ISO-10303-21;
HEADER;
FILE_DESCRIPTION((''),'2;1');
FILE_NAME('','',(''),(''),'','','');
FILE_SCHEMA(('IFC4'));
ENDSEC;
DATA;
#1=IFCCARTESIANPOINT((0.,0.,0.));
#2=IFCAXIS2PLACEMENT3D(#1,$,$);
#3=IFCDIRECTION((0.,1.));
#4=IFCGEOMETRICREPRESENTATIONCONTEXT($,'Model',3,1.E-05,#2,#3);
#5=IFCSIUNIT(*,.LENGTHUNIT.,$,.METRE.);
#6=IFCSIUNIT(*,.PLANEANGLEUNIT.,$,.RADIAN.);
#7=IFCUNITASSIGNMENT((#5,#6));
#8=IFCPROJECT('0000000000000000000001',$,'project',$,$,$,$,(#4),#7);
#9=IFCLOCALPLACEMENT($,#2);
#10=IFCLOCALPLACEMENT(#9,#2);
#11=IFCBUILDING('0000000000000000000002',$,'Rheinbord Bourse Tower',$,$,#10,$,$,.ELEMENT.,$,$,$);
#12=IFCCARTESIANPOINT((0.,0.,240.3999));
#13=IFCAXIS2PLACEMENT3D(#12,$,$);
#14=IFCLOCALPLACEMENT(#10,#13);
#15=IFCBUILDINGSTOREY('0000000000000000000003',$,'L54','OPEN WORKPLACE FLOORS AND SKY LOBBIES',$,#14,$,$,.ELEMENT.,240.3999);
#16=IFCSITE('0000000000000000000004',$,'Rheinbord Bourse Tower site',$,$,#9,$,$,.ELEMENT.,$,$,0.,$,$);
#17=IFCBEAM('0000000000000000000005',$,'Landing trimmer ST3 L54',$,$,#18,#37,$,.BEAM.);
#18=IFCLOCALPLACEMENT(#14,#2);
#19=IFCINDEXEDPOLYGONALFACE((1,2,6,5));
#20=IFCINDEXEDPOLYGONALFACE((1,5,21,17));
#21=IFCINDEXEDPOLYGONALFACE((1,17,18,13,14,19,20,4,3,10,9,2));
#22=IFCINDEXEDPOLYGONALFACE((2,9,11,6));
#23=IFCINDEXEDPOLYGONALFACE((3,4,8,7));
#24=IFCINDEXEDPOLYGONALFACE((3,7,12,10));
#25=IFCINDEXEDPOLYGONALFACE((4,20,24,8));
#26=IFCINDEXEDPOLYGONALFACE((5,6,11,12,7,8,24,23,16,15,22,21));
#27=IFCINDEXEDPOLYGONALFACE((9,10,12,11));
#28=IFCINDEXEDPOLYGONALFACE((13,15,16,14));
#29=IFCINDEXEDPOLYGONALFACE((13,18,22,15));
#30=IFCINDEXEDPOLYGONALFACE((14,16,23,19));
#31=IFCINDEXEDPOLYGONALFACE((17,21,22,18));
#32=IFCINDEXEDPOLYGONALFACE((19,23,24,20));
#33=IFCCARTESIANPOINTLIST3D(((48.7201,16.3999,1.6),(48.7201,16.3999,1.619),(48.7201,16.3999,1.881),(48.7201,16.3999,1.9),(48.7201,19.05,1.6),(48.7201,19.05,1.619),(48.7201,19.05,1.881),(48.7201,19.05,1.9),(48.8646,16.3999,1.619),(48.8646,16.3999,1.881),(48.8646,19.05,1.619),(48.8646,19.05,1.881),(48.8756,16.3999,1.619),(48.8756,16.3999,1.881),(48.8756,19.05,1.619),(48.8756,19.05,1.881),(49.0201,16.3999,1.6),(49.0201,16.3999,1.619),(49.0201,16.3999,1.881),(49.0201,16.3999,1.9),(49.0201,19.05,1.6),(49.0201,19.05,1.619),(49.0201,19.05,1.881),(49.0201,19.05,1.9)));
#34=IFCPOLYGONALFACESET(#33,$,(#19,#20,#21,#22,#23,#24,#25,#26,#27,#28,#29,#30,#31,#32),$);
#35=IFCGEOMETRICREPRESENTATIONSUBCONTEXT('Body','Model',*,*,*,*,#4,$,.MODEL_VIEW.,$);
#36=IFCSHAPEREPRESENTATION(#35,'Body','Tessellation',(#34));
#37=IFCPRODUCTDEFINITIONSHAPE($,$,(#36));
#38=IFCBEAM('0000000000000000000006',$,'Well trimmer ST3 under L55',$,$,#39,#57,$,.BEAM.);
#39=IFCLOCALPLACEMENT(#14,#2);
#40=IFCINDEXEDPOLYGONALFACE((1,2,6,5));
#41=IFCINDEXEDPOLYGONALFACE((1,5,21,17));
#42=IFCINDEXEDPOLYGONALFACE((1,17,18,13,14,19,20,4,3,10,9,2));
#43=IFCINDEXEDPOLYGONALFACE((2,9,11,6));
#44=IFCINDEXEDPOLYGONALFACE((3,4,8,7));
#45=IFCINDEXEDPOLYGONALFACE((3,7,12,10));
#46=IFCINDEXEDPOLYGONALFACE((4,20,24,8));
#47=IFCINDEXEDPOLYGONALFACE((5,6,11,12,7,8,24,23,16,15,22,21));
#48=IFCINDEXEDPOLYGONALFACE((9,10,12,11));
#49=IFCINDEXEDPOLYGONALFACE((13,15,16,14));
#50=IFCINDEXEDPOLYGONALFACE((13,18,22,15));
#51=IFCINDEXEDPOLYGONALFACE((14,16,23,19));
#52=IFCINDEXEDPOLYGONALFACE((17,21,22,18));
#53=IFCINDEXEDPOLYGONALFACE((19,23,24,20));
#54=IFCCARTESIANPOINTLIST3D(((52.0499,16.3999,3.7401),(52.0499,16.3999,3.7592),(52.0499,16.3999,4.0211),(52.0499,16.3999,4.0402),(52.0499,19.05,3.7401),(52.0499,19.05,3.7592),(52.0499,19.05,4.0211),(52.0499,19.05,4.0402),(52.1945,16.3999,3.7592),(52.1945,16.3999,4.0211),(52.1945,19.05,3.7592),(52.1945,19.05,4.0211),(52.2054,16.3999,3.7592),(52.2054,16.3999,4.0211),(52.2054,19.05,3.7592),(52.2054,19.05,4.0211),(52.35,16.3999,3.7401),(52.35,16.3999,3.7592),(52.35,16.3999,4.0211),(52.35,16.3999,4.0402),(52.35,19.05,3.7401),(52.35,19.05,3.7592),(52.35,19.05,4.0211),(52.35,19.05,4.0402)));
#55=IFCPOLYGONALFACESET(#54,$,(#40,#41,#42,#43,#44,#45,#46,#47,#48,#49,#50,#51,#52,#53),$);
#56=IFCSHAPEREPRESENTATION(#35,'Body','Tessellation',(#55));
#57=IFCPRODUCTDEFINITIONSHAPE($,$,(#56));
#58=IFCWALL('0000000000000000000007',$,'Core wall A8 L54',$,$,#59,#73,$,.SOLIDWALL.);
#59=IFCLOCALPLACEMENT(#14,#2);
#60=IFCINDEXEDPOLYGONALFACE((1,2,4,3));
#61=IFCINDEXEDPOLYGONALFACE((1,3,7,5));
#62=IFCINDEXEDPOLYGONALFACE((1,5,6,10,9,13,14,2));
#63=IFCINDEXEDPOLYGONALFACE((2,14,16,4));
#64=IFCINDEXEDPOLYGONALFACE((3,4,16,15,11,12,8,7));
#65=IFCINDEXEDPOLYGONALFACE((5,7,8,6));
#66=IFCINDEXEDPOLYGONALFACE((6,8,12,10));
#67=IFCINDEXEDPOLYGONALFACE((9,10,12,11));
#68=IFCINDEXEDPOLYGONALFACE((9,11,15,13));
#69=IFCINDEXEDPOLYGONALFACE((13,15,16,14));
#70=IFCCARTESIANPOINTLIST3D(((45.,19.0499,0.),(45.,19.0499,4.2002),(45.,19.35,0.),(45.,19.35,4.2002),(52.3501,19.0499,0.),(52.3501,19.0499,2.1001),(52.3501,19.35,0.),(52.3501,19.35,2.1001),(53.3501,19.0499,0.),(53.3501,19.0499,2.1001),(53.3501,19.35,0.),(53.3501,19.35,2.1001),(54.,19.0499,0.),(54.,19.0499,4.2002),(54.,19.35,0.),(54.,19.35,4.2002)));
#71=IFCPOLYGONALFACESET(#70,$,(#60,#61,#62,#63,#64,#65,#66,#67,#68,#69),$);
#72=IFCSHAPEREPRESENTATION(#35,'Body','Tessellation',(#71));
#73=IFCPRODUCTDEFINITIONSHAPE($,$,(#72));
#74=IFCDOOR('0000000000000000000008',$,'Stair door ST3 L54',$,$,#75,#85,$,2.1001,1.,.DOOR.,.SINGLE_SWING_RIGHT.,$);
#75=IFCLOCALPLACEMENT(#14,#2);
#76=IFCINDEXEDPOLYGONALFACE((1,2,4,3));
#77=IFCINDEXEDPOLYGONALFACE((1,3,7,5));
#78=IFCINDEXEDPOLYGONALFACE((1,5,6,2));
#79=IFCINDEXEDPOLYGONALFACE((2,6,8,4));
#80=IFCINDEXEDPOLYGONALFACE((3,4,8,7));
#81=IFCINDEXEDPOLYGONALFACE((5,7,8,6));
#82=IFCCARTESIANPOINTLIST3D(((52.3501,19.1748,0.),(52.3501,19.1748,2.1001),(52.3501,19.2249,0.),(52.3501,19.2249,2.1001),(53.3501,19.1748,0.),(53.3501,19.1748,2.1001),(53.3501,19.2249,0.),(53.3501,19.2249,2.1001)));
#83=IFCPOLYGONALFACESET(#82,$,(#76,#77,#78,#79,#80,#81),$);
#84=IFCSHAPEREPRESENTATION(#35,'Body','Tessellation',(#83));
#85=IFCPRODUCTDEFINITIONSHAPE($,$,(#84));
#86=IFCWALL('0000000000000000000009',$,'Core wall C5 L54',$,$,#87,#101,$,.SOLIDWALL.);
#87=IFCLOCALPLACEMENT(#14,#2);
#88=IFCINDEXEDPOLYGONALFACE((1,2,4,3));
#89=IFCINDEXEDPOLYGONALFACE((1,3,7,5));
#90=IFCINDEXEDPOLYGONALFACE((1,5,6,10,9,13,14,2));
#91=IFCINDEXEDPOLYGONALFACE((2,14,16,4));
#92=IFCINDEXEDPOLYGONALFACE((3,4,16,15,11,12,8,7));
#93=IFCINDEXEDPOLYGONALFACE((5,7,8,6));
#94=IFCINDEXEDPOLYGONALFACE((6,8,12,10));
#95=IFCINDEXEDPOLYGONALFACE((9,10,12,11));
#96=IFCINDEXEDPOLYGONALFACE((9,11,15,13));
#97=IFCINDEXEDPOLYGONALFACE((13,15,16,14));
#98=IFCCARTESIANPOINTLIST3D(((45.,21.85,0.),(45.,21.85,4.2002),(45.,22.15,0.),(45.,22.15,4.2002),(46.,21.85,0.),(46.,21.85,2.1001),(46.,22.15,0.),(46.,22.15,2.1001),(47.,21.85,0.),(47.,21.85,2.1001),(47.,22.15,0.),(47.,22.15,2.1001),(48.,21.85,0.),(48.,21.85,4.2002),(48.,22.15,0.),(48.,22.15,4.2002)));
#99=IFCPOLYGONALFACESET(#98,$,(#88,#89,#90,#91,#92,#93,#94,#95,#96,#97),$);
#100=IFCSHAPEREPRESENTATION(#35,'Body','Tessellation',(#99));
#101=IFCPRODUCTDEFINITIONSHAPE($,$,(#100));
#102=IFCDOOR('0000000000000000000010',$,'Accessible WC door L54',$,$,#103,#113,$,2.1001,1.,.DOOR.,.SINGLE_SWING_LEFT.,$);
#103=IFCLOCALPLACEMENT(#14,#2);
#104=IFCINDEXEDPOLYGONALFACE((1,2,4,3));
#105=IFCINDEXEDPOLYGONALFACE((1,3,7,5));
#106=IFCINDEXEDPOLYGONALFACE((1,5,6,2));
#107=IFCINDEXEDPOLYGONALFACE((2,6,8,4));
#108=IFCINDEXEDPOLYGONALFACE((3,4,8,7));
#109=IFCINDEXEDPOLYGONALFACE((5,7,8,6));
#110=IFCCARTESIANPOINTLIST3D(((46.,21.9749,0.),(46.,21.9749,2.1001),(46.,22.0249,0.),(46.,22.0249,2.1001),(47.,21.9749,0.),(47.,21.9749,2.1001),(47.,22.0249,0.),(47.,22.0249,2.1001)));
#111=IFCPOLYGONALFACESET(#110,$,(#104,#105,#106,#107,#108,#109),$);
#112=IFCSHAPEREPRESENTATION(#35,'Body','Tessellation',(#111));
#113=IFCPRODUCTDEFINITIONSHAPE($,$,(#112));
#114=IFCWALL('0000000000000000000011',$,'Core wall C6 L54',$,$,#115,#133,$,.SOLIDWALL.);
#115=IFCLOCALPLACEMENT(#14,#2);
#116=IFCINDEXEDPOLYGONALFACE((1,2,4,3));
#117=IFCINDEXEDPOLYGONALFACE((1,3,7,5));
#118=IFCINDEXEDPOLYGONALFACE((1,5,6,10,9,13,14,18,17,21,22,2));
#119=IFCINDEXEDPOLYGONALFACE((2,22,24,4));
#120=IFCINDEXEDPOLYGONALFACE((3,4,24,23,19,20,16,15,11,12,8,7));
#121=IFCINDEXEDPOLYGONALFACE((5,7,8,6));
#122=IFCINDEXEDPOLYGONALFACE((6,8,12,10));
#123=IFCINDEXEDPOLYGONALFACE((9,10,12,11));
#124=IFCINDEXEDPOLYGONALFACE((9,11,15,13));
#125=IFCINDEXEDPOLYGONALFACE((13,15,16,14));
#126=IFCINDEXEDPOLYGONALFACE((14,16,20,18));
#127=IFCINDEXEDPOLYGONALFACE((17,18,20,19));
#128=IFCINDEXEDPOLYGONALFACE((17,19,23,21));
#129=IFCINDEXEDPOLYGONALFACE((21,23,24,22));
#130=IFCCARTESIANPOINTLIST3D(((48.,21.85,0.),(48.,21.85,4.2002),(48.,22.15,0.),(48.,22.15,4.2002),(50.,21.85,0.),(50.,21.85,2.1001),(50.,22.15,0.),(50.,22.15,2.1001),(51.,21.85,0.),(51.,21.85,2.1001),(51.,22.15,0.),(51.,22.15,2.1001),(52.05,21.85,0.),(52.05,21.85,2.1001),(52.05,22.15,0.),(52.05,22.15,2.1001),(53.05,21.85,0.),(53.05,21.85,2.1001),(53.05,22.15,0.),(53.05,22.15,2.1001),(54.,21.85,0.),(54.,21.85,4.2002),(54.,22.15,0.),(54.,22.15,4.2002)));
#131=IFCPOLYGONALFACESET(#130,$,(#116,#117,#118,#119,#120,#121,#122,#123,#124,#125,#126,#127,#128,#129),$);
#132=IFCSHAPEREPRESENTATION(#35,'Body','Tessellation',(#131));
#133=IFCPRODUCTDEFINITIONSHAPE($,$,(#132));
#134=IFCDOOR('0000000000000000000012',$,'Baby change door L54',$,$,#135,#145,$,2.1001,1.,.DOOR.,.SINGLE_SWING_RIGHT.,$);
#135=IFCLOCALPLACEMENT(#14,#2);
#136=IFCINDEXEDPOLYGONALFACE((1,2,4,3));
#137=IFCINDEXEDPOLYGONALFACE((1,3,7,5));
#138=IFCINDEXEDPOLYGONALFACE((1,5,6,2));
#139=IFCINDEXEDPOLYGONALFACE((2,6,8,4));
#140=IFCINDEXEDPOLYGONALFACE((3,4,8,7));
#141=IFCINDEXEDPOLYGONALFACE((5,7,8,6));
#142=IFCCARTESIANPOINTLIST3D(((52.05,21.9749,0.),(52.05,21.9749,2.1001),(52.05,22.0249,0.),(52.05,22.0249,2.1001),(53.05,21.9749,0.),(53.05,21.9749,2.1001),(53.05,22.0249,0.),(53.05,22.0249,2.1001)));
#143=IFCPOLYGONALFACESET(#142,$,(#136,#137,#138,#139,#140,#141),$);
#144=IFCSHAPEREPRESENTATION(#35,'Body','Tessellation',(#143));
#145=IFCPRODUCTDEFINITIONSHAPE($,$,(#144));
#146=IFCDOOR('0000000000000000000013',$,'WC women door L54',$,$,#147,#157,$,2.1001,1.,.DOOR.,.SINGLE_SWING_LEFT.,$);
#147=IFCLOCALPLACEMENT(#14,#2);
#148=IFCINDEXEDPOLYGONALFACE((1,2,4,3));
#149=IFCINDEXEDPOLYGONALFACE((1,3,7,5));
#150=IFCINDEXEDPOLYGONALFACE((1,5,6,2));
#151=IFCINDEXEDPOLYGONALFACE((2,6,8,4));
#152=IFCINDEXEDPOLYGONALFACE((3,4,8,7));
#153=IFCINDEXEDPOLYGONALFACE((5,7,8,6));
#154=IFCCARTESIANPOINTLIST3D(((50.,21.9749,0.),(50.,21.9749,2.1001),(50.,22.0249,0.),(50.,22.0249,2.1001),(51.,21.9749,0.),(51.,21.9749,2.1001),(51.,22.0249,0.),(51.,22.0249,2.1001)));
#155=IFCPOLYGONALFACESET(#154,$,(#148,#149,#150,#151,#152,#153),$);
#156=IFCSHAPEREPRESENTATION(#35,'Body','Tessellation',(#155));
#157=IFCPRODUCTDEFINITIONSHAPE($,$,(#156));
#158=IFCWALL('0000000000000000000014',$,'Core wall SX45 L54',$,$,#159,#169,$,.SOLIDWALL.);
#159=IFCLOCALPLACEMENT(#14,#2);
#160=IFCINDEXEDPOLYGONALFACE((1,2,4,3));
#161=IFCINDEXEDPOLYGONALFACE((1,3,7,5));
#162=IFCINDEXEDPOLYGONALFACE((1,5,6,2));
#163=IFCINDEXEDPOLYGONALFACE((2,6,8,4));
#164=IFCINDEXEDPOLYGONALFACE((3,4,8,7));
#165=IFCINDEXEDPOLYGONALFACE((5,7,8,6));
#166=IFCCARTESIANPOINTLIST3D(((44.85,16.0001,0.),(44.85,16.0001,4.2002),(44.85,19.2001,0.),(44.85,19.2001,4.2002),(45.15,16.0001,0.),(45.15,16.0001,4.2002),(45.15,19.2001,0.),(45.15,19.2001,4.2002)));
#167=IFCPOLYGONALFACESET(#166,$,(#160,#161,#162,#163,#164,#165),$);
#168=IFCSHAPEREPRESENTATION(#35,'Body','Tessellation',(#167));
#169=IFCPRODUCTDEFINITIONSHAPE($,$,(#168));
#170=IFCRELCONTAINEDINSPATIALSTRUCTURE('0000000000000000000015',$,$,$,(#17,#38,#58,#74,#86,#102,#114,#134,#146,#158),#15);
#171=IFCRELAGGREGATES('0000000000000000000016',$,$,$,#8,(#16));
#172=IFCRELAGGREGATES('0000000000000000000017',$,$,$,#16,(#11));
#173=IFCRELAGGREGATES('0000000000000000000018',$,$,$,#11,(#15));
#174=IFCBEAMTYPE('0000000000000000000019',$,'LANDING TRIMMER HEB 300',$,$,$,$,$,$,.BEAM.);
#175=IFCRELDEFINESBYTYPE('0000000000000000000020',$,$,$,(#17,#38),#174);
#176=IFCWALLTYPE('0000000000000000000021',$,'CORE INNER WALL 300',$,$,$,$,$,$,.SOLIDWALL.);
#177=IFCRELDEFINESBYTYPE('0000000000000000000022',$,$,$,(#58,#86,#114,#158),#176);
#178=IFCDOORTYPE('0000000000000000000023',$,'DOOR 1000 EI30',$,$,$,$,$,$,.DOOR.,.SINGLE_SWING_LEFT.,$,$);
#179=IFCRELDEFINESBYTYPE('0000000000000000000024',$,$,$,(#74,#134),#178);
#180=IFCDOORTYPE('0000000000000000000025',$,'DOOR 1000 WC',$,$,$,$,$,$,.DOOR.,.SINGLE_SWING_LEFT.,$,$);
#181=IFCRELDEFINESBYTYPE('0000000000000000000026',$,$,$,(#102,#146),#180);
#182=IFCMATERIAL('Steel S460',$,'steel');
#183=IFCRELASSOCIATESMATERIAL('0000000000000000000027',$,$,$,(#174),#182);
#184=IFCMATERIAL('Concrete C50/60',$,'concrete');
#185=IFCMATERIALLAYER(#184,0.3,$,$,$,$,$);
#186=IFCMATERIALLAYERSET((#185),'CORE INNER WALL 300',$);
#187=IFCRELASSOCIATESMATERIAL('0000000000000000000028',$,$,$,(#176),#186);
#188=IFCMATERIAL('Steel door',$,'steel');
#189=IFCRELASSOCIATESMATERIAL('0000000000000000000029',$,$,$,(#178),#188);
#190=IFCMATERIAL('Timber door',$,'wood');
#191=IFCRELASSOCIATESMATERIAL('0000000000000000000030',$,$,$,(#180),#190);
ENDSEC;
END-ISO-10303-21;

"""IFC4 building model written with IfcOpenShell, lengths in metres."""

from ifc_helpers import new_model, si_unit, direction, frame, frame_2d, origin, origin_2d, place, context, subcontext, project, spatial, rectangle, i_section, extrude, material, layer, layer_set, material_profile, profile_set, type_object, element, fill, save


model = new_model("IFC4")

# Units and contexts
model_context = context("Model", 3, precision=1e-05, world=origin(), true_north=direction((0.0, 1.0)))
body_context = subcontext(model_context, "Body", "Model", "MODEL_VIEW")
ifc_project = project(units=[si_unit("LENGTHUNIT", "METRE"), si_unit("PLANEANGLEUNIT", "RADIAN")], contexts=[model_context])

# Site, building, storey
site_placement = place(None, origin())
site = spatial("IfcSite", under=ifc_project, at=site_placement, Name="Rheinbord Bourse Tower site", CompositionType="ELEMENT", RefElevation=0.0)
building_placement = place(site_placement, origin())
building = spatial("IfcBuilding", under=site, at=building_placement, Name="Rheinbord Bourse Tower", CompositionType="ELEMENT")
storey_placement = place(building_placement, frame((0.0, 0.0, 240.3999)))
storey = spatial("IfcBuildingStorey", under=building, at=storey_placement, Name="L54", Description="OPEN WORKPLACE FLOORS AND SKY LOBBIES", CompositionType="ELEMENT", Elevation=240.3999)

# Beams
ifc_material_1 = material(Name="Steel S460", Category="steel")
ifc_material_profile = material_profile(ifc_material_1, i_section(OverallWidth=0.3, OverallDepth=0.3, WebThickness=0.011, FlangeThickness=0.019, at=origin_2d()), Name="HEB 300")
ifc_profile_set = profile_set([ifc_material_profile], Name="Steel S460")
beam_type = type_object("IfcBeamType", Name="LANDING TRIMMER HEB 300", PredefinedType="BEAM", material=ifc_profile_set)
for number, where, z_axis, x_axis, name in (
    (1, (48.8701, 16.3999, 1.75), (0.0, 1.0, 0.0), (-1.0, 0.0, 0.0), "Landing trimmer ST3 L54"),
    (2, (52.2, 16.3999, 3.8901), (0.0, 1.0, 0.0), (-1.0, 0.0, 0.0), "Well trimmer ST3 under L55"),
):
    element("IfcBeam", number, at=place(storey_placement, frame(where, z_axis=z_axis, x_axis=x_axis)), inside=storey, type_object=beam_type, Name=name, PredefinedType="BEAM", context=body_context, shape_type="SweptSolid", body=[
        extrude(i_section(OverallWidth=0.3, OverallDepth=0.3, WebThickness=0.011, FlangeThickness=0.019, at=origin_2d()), origin(), (0.0, 0.0, 1.0), 2.6501),
    ])

# Walls, openings, doors
ifc_material_2 = material(Name="Concrete C50/60", Category="concrete")
ifc_layer_1 = layer(ifc_material_2, 0.3)
ifc_layer_set_1 = layer_set([ifc_layer_1], Name="CORE INNER WALL 300")
wall_type_1 = type_object("IfcWallType", Name="CORE INNER WALL 300", PredefinedType="SOLIDWALL", material=ifc_layer_set_1)
wall_1_placement = place(storey_placement, frame((45.0, 19.2, 0.0), z_axis=(0.0, 0.0, 1.0), x_axis=(1.0, 0.0, 0.0)))
wall_1 = element("IfcWall", 3, at=wall_1_placement, inside=storey, type_object=wall_type_1, Name="Core wall A8 L54", PredefinedType="SOLIDWALL", context=body_context, shape_type="SweptSolid", body=[
    extrude(rectangle(XDim=9.0, YDim=0.3, at=frame_2d((4.5, 0.0))), origin(), (0.0, 0.0, 1.0), 4.2002),
])
opening_1_placement = place(wall_1_placement, frame((7.3501, 0.0, 0.0)))
opening_1 = element("IfcOpeningElement", 4, at=opening_1_placement, cuts=wall_1, PredefinedType="OPENING", context=body_context, shape_type="SweptSolid", body=[
    extrude(rectangle(XDim=1.0, YDim=2.1001, at=frame_2d((0.5, 1.05))), frame((0.0, 0.1599, 0.0), z_axis=(0.0, -1.0, 0.0), x_axis=(1.0, 0.0, 0.0)), (0.0, 0.0, 1.0), 0.3201),
])
ifc_material_3 = material(Name="Steel door", Category="steel")
door_type_1 = type_object("IfcDoorType", Name="DOOR 1000 EI30", OperationType="SINGLE_SWING_LEFT", PredefinedType="DOOR", material=ifc_material_3)
door_1_placement = place(opening_1_placement, origin())
door_1 = element("IfcDoor", 5, at=door_1_placement, inside=storey, type_object=door_type_1, Name="Stair door ST3 L54", OperationType="SINGLE_SWING_RIGHT", OverallHeight=2.1001, OverallWidth=1.0, PredefinedType="DOOR", context=body_context, shape_type="SweptSolid", body=[
    extrude(rectangle(XDim=1.0, YDim=2.1001, at=frame_2d((0.5, 1.05))), frame((0.0, 0.0249, 0.0), z_axis=(0.0, -1.0, 0.0), x_axis=(1.0, 0.0, 0.0)), (0.0, 0.0, 1.0), 0.05),
])
fill(opening_1, door_1)
wall_2_placement = place(storey_placement, frame((45.0, 22.0, 0.0), z_axis=(0.0, 0.0, 1.0), x_axis=(1.0, 0.0, 0.0)))
wall_2 = element("IfcWall", 6, at=wall_2_placement, inside=storey, type_object=wall_type_1, Name="Core wall C5 L54", PredefinedType="SOLIDWALL", context=body_context, shape_type="SweptSolid", body=[
    extrude(rectangle(XDim=3.0, YDim=0.3, at=frame_2d((1.5, 0.0))), origin(), (0.0, 0.0, 1.0), 4.2002),
])
opening_2_placement = place(wall_2_placement, frame((1.0, 0.0, 0.0)))
opening_2 = element("IfcOpeningElement", 7, at=opening_2_placement, cuts=wall_2, PredefinedType="OPENING", context=body_context, shape_type="SweptSolid", body=[
    extrude(rectangle(XDim=1.0, YDim=2.1001, at=frame_2d((0.5, 1.05))), frame((0.0, 0.1599, 0.0), z_axis=(0.0, -1.0, 0.0), x_axis=(1.0, 0.0, 0.0)), (0.0, 0.0, 1.0), 0.3201),
])
ifc_material_4 = material(Name="Timber door", Category="wood")
door_type_2 = type_object("IfcDoorType", Name="DOOR 1000 WC", OperationType="SINGLE_SWING_LEFT", PredefinedType="DOOR", material=ifc_material_4)
door_2_placement = place(opening_2_placement, origin())
door_2 = element("IfcDoor", 8, at=door_2_placement, inside=storey, type_object=door_type_2, Name="Accessible WC door L54", OperationType="SINGLE_SWING_LEFT", OverallHeight=2.1001, OverallWidth=1.0, PredefinedType="DOOR", context=body_context, shape_type="SweptSolid", body=[
    extrude(rectangle(XDim=1.0, YDim=2.1001, at=frame_2d((0.5, 1.05))), frame((0.0, 0.0249, 0.0), z_axis=(0.0, -1.0, 0.0), x_axis=(1.0, 0.0, 0.0)), (0.0, 0.0, 1.0), 0.05),
])
fill(opening_2, door_2)

# Wall, openings, doors
wall_3_placement = place(storey_placement, frame((48.0, 22.0, 0.0), z_axis=(0.0, 0.0, 1.0), x_axis=(1.0, 0.0, 0.0)))
wall_3 = element("IfcWall", 9, at=wall_3_placement, inside=storey, type_object=wall_type_1, Name="Core wall C6 L54", PredefinedType="SOLIDWALL", context=body_context, shape_type="SweptSolid", body=[
    extrude(rectangle(XDim=6.0, YDim=0.3, at=frame_2d((3.0, 0.0))), origin(), (0.0, 0.0, 1.0), 4.2002),
])
opening_3_placement = place(wall_3_placement, frame((2.0, 0.0, 0.0)))
opening_3 = element("IfcOpeningElement", 10, at=opening_3_placement, cuts=wall_3, PredefinedType="OPENING", context=body_context, shape_type="SweptSolid", body=[
    extrude(rectangle(XDim=1.0, YDim=2.1001, at=frame_2d((0.5, 1.05))), frame((0.0, 0.1599, 0.0), z_axis=(0.0, -1.0, 0.0), x_axis=(1.0, 0.0, 0.0)), (0.0, 0.0, 1.0), 0.3201),
])
opening_4_placement = place(wall_3_placement, frame((4.05, 0.0, 0.0)))
opening_4 = element("IfcOpeningElement", 11, at=opening_4_placement, cuts=wall_3, PredefinedType="OPENING", context=body_context, shape_type="SweptSolid", body=[
    extrude(rectangle(XDim=1.0, YDim=2.1001, at=frame_2d((0.5, 1.05))), frame((0.0, 0.1599, 0.0), z_axis=(0.0, -1.0, 0.0), x_axis=(1.0, 0.0, 0.0)), (0.0, 0.0, 1.0), 0.3201),
])
door_3_placement = place(opening_4_placement, origin())
door_3 = element("IfcDoor", 12, at=door_3_placement, inside=storey, type_object=door_type_1, Name="Baby change door L54", OperationType="SINGLE_SWING_RIGHT", OverallHeight=2.1001, OverallWidth=1.0, PredefinedType="DOOR", context=body_context, shape_type="SweptSolid", body=[
    extrude(rectangle(XDim=1.0, YDim=2.1001, at=frame_2d((0.5, 1.05))), frame((0.0, 0.0249, 0.0), z_axis=(0.0, -1.0, 0.0), x_axis=(1.0, 0.0, 0.0)), (0.0, 0.0, 1.0), 0.05),
])
fill(opening_4, door_3)
door_4_placement = place(opening_3_placement, origin())
door_4 = element("IfcDoor", 13, at=door_4_placement, inside=storey, type_object=door_type_2, Name="WC women door L54", OperationType="SINGLE_SWING_LEFT", OverallHeight=2.1001, OverallWidth=1.0, PredefinedType="DOOR", context=body_context, shape_type="SweptSolid", body=[
    extrude(rectangle(XDim=1.0, YDim=2.1001, at=frame_2d((0.5, 1.05))), frame((0.0, 0.0249, 0.0), z_axis=(0.0, -1.0, 0.0), x_axis=(1.0, 0.0, 0.0)), (0.0, 0.0, 1.0), 0.05),
])
fill(opening_3, door_4)

# Wall
wall_4_placement = place(storey_placement, frame((45.0, 16.0, 0.0), z_axis=(0.0, 0.0, 1.0), x_axis=(0.0, 1.0, 0.0)))
element("IfcWall", 14, at=wall_4_placement, inside=storey, type_object=wall_type_1, Name="Core wall SX45 L54", PredefinedType="SOLIDWALL", context=body_context, shape_type="SweptSolid", body=[
    extrude(rectangle(XDim=3.2, YDim=0.3, at=frame_2d((1.6001, 0.0))), origin(), (0.0, 0.0, 1.0), 4.2002),
])

save(model, "model.ifc")
